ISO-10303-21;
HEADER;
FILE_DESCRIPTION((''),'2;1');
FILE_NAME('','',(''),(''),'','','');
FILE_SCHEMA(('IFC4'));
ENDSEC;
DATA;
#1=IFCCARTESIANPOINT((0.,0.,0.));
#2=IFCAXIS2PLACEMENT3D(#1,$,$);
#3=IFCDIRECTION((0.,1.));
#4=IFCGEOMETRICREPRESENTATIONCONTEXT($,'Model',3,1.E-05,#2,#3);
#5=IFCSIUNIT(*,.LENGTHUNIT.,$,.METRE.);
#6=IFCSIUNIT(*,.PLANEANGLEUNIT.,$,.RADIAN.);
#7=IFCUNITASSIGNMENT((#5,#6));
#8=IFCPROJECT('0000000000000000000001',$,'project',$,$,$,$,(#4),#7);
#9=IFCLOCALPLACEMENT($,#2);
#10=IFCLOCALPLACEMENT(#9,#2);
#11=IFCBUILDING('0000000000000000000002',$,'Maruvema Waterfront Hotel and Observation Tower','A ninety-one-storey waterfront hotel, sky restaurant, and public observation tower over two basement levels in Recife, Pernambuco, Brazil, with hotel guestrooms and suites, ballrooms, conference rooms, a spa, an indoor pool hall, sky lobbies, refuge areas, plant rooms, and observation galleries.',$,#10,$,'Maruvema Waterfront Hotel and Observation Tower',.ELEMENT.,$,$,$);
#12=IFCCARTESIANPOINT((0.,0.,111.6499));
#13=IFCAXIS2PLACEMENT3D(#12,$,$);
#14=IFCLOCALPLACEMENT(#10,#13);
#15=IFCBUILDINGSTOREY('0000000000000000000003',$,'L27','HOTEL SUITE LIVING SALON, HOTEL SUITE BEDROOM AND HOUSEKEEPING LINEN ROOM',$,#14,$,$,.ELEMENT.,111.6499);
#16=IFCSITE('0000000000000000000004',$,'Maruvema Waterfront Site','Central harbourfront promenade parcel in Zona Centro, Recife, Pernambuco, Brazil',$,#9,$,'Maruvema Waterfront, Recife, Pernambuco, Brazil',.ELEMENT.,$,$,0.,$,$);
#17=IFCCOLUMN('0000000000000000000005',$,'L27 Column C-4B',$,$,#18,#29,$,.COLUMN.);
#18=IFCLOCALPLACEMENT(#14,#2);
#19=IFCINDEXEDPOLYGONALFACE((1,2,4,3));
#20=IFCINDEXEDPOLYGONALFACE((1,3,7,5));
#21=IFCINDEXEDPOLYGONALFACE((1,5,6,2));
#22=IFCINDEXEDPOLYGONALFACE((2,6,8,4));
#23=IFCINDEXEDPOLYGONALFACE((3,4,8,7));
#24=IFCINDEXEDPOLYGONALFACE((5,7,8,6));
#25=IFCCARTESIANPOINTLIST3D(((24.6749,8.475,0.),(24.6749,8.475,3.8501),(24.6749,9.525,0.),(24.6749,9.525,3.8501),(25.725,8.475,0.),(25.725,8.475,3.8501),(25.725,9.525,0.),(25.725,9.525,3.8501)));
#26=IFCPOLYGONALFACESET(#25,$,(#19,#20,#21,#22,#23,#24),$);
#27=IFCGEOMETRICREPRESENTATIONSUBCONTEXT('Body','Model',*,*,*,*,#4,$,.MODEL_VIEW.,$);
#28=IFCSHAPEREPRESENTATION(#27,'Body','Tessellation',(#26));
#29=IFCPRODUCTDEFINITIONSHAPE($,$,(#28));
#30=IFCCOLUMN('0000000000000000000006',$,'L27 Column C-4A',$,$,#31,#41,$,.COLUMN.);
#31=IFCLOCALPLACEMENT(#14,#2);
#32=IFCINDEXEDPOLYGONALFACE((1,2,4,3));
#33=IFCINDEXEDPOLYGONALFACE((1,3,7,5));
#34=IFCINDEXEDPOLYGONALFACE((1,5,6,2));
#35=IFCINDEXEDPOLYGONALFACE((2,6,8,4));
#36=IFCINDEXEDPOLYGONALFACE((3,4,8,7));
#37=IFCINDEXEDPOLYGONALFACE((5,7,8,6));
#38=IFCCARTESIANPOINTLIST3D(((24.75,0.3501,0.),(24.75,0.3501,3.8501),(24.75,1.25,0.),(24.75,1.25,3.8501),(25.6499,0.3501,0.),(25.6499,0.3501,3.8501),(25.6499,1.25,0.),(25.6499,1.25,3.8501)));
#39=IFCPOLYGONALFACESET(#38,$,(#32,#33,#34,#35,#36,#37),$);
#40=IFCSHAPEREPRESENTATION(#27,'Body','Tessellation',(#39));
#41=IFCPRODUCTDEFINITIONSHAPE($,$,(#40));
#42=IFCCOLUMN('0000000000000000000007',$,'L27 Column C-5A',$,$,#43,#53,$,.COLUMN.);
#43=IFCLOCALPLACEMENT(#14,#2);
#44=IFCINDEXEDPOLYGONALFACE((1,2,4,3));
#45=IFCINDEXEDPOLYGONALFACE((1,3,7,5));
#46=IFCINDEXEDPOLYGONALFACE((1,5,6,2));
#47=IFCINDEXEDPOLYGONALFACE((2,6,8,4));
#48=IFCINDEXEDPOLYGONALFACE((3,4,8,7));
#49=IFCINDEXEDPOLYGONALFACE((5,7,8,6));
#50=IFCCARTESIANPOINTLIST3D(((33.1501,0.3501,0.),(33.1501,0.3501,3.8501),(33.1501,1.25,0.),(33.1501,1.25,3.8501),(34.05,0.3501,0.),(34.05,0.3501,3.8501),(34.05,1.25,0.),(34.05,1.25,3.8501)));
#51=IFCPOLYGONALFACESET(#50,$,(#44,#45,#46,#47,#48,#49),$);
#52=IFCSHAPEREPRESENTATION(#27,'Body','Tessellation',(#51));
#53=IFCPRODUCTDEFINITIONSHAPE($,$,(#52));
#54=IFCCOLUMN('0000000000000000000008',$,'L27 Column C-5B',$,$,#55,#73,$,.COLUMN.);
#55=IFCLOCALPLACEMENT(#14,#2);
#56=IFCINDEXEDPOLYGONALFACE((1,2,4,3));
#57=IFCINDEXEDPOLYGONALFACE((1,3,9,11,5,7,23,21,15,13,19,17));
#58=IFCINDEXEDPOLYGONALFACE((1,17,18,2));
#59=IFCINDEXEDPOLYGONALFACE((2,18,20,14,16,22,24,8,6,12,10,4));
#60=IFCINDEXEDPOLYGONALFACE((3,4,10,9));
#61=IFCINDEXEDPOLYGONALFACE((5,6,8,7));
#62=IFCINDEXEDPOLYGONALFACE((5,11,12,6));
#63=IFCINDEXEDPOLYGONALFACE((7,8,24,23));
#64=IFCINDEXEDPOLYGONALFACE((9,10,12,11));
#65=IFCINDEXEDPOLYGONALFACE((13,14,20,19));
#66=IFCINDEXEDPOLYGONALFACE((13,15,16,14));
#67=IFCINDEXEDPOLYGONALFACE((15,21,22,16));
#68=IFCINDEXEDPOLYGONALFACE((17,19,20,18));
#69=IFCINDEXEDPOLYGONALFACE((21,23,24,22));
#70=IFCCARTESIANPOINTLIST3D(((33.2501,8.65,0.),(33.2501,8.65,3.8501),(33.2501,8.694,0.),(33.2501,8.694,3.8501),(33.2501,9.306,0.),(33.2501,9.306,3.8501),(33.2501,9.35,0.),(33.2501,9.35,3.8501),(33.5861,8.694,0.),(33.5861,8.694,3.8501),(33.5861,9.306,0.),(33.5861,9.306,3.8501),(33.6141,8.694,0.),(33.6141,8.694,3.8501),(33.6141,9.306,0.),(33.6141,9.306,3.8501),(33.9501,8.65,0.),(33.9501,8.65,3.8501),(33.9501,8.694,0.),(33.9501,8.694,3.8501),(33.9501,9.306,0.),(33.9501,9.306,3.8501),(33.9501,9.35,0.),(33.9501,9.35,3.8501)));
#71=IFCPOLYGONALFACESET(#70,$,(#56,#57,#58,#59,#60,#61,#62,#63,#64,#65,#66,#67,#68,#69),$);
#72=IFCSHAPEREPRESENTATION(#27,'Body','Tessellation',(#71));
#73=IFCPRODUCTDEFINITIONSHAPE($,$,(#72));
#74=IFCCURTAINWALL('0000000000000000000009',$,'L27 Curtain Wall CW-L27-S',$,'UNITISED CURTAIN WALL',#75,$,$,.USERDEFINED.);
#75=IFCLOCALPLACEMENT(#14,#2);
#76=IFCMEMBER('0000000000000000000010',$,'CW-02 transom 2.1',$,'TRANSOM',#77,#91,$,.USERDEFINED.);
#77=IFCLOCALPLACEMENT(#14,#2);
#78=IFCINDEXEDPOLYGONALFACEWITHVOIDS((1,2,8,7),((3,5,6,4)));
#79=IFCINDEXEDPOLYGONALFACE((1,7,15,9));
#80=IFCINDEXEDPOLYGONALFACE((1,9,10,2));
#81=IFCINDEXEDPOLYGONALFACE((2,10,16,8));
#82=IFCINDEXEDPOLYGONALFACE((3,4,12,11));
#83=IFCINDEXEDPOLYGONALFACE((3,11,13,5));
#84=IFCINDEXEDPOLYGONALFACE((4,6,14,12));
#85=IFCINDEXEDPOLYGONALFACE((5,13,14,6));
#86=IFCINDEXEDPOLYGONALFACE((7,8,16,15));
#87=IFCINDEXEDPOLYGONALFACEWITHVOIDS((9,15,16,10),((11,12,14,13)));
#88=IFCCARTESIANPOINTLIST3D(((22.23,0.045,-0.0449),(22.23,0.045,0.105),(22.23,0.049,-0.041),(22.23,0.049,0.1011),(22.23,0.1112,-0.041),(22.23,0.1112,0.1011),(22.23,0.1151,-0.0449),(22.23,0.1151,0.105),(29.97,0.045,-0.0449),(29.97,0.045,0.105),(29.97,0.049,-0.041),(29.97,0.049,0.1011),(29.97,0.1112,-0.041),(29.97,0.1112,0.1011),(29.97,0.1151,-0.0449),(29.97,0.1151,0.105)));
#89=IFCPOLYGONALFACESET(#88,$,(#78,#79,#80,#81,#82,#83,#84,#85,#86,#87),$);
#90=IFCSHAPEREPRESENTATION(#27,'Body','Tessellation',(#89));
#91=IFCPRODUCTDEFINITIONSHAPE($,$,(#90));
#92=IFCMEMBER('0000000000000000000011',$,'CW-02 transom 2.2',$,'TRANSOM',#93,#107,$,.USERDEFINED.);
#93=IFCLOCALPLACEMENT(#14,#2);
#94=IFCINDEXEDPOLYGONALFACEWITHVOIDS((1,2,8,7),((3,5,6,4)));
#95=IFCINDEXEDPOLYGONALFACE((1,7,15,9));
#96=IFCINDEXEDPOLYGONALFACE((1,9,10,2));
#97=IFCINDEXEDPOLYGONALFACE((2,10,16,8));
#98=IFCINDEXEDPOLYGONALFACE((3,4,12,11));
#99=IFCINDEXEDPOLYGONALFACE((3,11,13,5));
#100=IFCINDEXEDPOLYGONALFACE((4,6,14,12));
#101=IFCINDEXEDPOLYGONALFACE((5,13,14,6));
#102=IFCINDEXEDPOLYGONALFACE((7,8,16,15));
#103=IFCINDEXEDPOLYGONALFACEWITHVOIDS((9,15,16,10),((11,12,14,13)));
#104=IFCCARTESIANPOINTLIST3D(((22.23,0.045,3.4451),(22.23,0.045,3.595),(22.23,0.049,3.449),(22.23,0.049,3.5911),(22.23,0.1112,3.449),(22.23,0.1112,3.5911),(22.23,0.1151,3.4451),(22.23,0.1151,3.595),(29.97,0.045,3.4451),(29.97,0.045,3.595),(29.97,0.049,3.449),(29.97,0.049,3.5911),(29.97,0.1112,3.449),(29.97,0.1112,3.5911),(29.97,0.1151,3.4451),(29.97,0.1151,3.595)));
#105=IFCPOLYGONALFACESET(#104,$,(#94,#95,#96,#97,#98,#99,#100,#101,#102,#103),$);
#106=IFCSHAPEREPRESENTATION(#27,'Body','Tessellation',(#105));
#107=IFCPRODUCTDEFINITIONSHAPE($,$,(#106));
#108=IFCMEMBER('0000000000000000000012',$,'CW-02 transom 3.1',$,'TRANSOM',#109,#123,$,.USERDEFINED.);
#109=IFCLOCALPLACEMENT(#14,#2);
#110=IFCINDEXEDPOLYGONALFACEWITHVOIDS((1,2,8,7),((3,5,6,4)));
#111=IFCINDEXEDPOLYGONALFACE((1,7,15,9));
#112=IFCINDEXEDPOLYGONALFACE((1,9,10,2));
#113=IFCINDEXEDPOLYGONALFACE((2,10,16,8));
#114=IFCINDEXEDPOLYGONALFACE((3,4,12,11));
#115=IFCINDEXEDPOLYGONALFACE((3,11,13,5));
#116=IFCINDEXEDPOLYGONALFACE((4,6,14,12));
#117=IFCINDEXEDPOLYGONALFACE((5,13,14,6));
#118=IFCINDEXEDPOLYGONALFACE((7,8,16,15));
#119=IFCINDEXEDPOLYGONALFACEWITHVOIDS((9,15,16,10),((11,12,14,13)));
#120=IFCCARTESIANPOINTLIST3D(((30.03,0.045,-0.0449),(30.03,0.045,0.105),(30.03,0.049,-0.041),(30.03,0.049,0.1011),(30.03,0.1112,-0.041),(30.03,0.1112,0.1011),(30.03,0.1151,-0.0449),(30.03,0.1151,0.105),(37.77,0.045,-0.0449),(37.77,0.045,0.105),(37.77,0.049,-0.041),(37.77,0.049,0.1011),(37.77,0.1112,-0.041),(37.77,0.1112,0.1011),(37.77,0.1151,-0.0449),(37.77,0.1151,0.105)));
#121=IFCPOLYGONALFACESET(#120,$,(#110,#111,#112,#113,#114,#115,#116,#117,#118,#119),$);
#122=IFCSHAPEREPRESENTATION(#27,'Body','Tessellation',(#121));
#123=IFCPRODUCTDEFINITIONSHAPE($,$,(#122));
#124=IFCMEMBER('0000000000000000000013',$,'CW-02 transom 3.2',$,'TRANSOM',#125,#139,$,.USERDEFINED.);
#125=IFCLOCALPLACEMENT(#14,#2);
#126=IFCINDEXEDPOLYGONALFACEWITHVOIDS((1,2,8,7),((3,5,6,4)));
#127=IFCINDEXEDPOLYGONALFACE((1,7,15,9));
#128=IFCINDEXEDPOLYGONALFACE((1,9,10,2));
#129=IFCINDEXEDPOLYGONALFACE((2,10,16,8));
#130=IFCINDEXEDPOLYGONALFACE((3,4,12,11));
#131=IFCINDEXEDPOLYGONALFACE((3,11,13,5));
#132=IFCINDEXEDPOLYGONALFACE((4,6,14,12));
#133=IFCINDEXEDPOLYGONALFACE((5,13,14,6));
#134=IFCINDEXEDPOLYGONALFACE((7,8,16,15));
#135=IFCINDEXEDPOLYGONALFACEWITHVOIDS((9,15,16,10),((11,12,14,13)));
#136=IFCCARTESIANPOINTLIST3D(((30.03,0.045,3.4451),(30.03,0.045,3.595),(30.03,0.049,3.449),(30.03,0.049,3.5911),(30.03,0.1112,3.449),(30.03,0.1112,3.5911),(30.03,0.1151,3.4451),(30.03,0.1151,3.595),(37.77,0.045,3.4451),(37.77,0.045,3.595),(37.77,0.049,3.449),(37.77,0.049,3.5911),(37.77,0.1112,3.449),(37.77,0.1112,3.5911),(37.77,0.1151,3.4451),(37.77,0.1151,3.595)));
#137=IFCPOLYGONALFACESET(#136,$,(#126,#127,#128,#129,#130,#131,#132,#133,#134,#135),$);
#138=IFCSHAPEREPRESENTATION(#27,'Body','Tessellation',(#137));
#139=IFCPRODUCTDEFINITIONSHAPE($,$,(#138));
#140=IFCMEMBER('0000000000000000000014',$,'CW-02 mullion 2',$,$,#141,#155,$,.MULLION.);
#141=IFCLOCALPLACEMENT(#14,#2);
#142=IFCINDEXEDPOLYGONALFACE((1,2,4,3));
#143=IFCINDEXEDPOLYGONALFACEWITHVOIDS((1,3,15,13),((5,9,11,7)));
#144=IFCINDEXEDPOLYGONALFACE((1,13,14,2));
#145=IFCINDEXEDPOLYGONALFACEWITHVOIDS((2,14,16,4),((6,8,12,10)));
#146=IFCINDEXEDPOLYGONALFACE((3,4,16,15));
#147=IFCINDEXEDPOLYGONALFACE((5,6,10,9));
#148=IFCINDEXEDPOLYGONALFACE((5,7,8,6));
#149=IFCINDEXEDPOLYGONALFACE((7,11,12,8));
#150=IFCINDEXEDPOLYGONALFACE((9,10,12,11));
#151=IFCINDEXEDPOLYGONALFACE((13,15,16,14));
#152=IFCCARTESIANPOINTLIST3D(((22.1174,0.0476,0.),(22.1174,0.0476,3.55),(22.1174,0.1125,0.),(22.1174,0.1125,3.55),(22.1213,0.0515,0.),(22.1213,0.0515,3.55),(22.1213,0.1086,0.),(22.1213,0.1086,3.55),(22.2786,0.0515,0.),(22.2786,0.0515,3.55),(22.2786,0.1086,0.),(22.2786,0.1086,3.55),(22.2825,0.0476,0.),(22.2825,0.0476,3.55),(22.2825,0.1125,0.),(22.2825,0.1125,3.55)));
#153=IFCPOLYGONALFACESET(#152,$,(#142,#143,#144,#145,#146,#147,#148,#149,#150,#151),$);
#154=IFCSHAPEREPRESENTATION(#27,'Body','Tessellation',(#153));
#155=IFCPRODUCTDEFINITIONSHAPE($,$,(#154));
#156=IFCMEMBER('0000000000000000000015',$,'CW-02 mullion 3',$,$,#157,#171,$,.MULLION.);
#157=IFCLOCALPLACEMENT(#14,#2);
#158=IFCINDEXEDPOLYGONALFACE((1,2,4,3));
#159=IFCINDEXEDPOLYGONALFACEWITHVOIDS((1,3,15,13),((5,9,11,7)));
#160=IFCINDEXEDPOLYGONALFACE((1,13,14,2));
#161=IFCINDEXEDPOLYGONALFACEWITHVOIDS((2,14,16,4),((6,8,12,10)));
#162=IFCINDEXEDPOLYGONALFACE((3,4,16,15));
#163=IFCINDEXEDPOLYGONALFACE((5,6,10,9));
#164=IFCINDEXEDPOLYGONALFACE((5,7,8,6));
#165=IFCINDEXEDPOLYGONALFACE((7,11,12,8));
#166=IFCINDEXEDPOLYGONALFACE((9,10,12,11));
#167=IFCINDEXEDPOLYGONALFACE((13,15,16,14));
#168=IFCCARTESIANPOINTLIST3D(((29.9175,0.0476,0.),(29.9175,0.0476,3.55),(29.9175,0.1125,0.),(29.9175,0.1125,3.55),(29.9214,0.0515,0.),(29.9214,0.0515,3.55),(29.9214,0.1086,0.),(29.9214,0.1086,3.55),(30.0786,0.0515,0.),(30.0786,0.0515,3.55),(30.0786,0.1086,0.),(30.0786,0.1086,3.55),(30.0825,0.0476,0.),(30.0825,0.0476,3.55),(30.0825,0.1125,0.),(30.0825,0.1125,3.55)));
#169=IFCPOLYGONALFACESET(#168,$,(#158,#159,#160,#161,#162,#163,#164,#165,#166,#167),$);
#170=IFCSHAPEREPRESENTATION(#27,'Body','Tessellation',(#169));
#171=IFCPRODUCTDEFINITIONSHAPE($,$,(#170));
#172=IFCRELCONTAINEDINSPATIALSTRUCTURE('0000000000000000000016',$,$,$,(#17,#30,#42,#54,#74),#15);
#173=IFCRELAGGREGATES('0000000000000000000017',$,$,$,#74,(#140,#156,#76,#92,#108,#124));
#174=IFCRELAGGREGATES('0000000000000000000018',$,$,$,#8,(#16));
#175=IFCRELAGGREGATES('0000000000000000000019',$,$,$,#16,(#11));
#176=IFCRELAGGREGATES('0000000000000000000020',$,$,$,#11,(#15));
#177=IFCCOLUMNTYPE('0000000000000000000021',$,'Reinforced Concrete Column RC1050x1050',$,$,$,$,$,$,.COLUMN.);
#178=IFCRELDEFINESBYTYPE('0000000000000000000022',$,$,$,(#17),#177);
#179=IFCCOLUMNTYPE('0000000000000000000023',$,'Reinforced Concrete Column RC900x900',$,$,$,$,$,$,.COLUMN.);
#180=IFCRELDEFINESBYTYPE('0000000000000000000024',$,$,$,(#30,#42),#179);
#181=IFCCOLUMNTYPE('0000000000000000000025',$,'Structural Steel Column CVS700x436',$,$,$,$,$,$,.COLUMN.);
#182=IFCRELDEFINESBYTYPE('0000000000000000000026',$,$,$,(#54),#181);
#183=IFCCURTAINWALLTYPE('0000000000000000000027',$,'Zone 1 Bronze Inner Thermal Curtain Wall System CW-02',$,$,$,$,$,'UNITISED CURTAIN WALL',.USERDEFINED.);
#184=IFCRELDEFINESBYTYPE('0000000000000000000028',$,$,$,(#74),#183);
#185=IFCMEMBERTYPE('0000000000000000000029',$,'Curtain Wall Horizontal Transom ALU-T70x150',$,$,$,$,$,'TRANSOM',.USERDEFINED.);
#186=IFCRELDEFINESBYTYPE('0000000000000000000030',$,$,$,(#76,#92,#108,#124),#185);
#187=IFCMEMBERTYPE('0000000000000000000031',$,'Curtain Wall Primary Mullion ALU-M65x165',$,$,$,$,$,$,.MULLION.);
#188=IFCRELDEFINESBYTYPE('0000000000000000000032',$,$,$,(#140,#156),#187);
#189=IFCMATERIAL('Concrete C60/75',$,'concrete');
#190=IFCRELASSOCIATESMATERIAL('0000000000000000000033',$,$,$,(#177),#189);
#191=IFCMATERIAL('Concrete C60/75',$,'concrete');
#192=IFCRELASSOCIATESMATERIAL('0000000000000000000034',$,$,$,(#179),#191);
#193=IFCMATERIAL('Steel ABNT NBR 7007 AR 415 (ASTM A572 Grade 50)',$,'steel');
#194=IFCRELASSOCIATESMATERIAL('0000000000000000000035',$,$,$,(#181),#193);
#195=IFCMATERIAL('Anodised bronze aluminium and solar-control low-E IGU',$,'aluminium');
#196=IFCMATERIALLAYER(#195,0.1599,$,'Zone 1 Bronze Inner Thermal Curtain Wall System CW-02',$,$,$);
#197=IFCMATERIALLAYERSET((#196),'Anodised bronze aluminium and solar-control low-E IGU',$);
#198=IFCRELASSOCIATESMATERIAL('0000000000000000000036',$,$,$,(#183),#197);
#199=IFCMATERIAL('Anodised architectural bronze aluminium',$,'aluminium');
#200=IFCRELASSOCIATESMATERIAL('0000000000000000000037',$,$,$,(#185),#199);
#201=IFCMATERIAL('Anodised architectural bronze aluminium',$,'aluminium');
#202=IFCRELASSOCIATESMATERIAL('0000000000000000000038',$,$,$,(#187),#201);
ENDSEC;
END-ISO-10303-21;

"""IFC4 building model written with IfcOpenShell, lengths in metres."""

from ifc_helpers import new_model, si_unit, direction, frame, origin, origin_2d, place, context, subcontext, project, spatial, rectangle, hollow_rectangle, i_section, extrude, material, layer, layer_set, material_profile, profile_set, type_object, element, aggregate, save


model = new_model("IFC4")

# Units and contexts
model_context = context("Model", 3, precision=1e-05, world=origin(), true_north=direction((0.0, 1.0)))
body_context = subcontext(model_context, "Body", "Model", "MODEL_VIEW")
ifc_project = project(units=[si_unit("LENGTHUNIT", "METRE"), si_unit("PLANEANGLEUNIT", "RADIAN")], contexts=[model_context])

# Site, building, storey
site_placement = place(None, origin())
site = spatial("IfcSite", under=ifc_project, at=site_placement, Name="Maruvema Waterfront Site", Description="Central harbourfront promenade parcel in Zona Centro, Recife, Pernambuco, Brazil", LongName="Maruvema Waterfront, Recife, Pernambuco, Brazil", CompositionType="ELEMENT", RefElevation=0.0)
building_placement = place(site_placement, origin())
building = spatial("IfcBuilding", under=site, at=building_placement, Name="Maruvema Waterfront Hotel and Observation Tower", Description="A ninety-one-storey waterfront hotel, sky restaurant, and public observation tower over two basement levels in Recife, Pernambuco, Brazil, with hotel guestrooms and suites, ballrooms, conference rooms, a spa, an indoor pool hall, sky lobbies, refuge areas, plant rooms, and observation galleries.", LongName="Maruvema Waterfront Hotel and Observation Tower", CompositionType="ELEMENT")
storey_placement = place(building_placement, frame((0.0, 0.0, 111.6499)))
storey = spatial("IfcBuildingStorey", under=building, at=storey_placement, Name="L27", Description="HOTEL SUITE LIVING SALON, HOTEL SUITE BEDROOM AND HOUSEKEEPING LINEN ROOM", CompositionType="ELEMENT", Elevation=111.6499)

# Columns
ifc_material_1 = material(Name="Concrete C60/75", Category="concrete")
ifc_material_profile_1 = material_profile(ifc_material_1, rectangle(XDim=1.05, YDim=1.05, at=origin_2d()), Name="RC1050x1050")
ifc_profile_set_1 = profile_set([ifc_material_profile_1], Name="Concrete C60/75")
column_type_1 = type_object("IfcColumnType", Name="Reinforced Concrete Column RC1050x1050", PredefinedType="COLUMN", material=ifc_profile_set_1)
column_1_placement = place(storey_placement, frame((25.2, 9.0, 0.0), z_axis=(0.0, 0.0, 1.0), x_axis=(1.0, 0.0, 0.0)))
element("IfcColumn", 1, at=column_1_placement, inside=storey, type_object=column_type_1, Name="L27 Column C-4B", PredefinedType="COLUMN", context=body_context, shape_type="SweptSolid", body=[
    extrude(rectangle(XDim=1.05, YDim=1.05, at=origin_2d()), origin(), (0.0, 0.0, 1.0), 3.8501),
])
ifc_material_2 = material(Name="Concrete C60/75", Category="concrete")
ifc_material_profile_2 = material_profile(ifc_material_2, rectangle(XDim=0.8999, YDim=0.8999, at=origin_2d()), Name="RC900x900")
ifc_profile_set_2 = profile_set([ifc_material_profile_2], Name="Concrete C60/75")
column_type_2 = type_object("IfcColumnType", Name="Reinforced Concrete Column RC900x900", PredefinedType="COLUMN", material=ifc_profile_set_2)
for number, where, z_axis, x_axis, name in (
    (2, (25.2, 0.8, 0.0), (0.0, 0.0, 1.0), (1.0, 0.0, 0.0), "L27 Column C-4A"),
    (3, (33.6001, 0.8, 0.0), (0.0, 0.0, 1.0), (1.0, 0.0, 0.0), "L27 Column C-5A"),
):
    element("IfcColumn", number, at=place(storey_placement, frame(where, z_axis=z_axis, x_axis=x_axis)), inside=storey, type_object=column_type_2, Name=name, PredefinedType="COLUMN", context=body_context, shape_type="SweptSolid", body=[
        extrude(rectangle(XDim=0.8999, YDim=0.8999, at=origin_2d()), origin(), (0.0, 0.0, 1.0), 3.8501),
    ])
ifc_material_3 = material(Name="Steel ABNT NBR 7007 AR 415 (ASTM A572 Grade 50)", Category="steel")
ifc_material_profile_3 = material_profile(ifc_material_3, i_section(OverallWidth=0.7, OverallDepth=0.7, WebThickness=0.0281, FlangeThickness=0.0439, at=origin_2d()), Name="CVS700x436")
ifc_profile_set_3 = profile_set([ifc_material_profile_3], Name="Steel ABNT NBR 7007 AR 415 (ASTM A572 Grade 50)")
column_type_3 = type_object("IfcColumnType", Name="Structural Steel Column CVS700x436", PredefinedType="COLUMN", material=ifc_profile_set_3)
column_2_placement = place(storey_placement, frame((33.6001, 9.0, 0.0), z_axis=(0.0, 0.0, 1.0), x_axis=(1.0, 0.0, 0.0)))
element("IfcColumn", 4, at=column_2_placement, inside=storey, type_object=column_type_3, Name="L27 Column C-5B", PredefinedType="COLUMN", context=body_context, shape_type="SweptSolid", body=[
    extrude(i_section(OverallWidth=0.7, OverallDepth=0.7, WebThickness=0.0281, FlangeThickness=0.0439, at=origin_2d()), origin(), (0.0, 0.0, 1.0), 3.8501),
])

# Curtain wall, members
ifc_material_4 = material(Name="Anodised bronze aluminium and solar-control low-E IGU", Category="aluminium")
ifc_layer_1 = layer(ifc_material_4, 0.1599, Name="Zone 1 Bronze Inner Thermal Curtain Wall System CW-02")
ifc_layer_set_1 = layer_set([ifc_layer_1], Name="Anodised bronze aluminium and solar-control low-E IGU")
curtain_wall_type = type_object("IfcCurtainWallType", Name="Zone 1 Bronze Inner Thermal Curtain Wall System CW-02", ElementType="UNITISED CURTAIN WALL", PredefinedType="USERDEFINED", material=ifc_layer_set_1)
curtain_wall_placement = place(storey_placement, origin())
curtain_wall = element("IfcCurtainWall", 5, at=curtain_wall_placement, inside=storey, type_object=curtain_wall_type, Name="L27 Curtain Wall CW-L27-S", ObjectType="UNITISED CURTAIN WALL", PredefinedType="USERDEFINED")
ifc_material_5 = material(Name="Anodised architectural bronze aluminium", Category="aluminium")
ifc_material_profile_4 = material_profile(ifc_material_5, hollow_rectangle(XDim=0.0701, YDim=0.1499, WallThickness=0.0039, at=origin_2d()), Name="ALU-T70x150")
ifc_profile_set_4 = profile_set([ifc_material_profile_4], Name="Anodised architectural bronze aluminium")
member_type_1 = type_object("IfcMemberType", Name="Curtain Wall Horizontal Transom ALU-T70x150", ElementType="TRANSOM", PredefinedType="USERDEFINED", material=ifc_profile_set_4)
member_1_placement = place(storey_placement, frame((22.23, 0.0801, 0.03), z_axis=(1.0, 0.0, 0.0), x_axis=(0.0, 1.0, 0.0)))
member_1 = element("IfcMember", 6, at=member_1_placement, type_object=member_type_1, Name="CW-02 transom 2.1", ObjectType="TRANSOM", PredefinedType="USERDEFINED", context=body_context, shape_type="SweptSolid", body=[
    extrude(hollow_rectangle(XDim=0.0701, YDim=0.1499, WallThickness=0.0039, at=origin_2d()), origin(), (0.0, 0.0, 1.0), 7.74),
])
member_2_placement = place(storey_placement, frame((22.23, 0.0801, 3.52), z_axis=(1.0, 0.0, 0.0), x_axis=(0.0, 1.0, 0.0)))
member_2 = element("IfcMember", 7, at=member_2_placement, type_object=member_type_1, Name="CW-02 transom 2.2", ObjectType="TRANSOM", PredefinedType="USERDEFINED", context=body_context, shape_type="SweptSolid", body=[
    extrude(hollow_rectangle(XDim=0.0701, YDim=0.1499, WallThickness=0.0039, at=origin_2d()), origin(), (0.0, 0.0, 1.0), 7.74),
])
member_3_placement = place(storey_placement, frame((30.03, 0.0801, 0.03), z_axis=(1.0, 0.0, 0.0), x_axis=(0.0, 1.0, 0.0)))
member_3 = element("IfcMember", 8, at=member_3_placement, type_object=member_type_1, Name="CW-02 transom 3.1", ObjectType="TRANSOM", PredefinedType="USERDEFINED", context=body_context, shape_type="SweptSolid", body=[
    extrude(hollow_rectangle(XDim=0.0701, YDim=0.1499, WallThickness=0.0039, at=origin_2d()), origin(), (0.0, 0.0, 1.0), 7.74),
])
member_4_placement = place(storey_placement, frame((30.03, 0.0801, 3.52), z_axis=(1.0, 0.0, 0.0), x_axis=(0.0, 1.0, 0.0)))
member_4 = element("IfcMember", 9, at=member_4_placement, type_object=member_type_1, Name="CW-02 transom 3.2", ObjectType="TRANSOM", PredefinedType="USERDEFINED", context=body_context, shape_type="SweptSolid", body=[
    extrude(hollow_rectangle(XDim=0.0701, YDim=0.1499, WallThickness=0.0039, at=origin_2d()), origin(), (0.0, 0.0, 1.0), 7.74),
])
ifc_material_6 = material(Name="Anodised architectural bronze aluminium", Category="aluminium")
ifc_material_profile_5 = material_profile(ifc_material_6, hollow_rectangle(XDim=0.0649, YDim=0.165, WallThickness=0.0039, at=origin_2d()), Name="ALU-M65x165")
ifc_profile_set_5 = profile_set([ifc_material_profile_5], Name="Anodised architectural bronze aluminium")
member_type_2 = type_object("IfcMemberType", Name="Curtain Wall Primary Mullion ALU-M65x165", PredefinedType="MULLION", material=ifc_profile_set_5)
member_5_placement = place(storey_placement, frame((22.2, 0.0801, 0.0), z_axis=(0.0, 0.0, 1.0), x_axis=(0.0, 1.0, 0.0)))
member_5 = element("IfcMember", 10, at=member_5_placement, type_object=member_type_2, Name="CW-02 mullion 2", PredefinedType="MULLION", context=body_context, shape_type="SweptSolid", body=[
    extrude(hollow_rectangle(XDim=0.0649, YDim=0.165, WallThickness=0.0039, at=origin_2d()), origin(), (0.0, 0.0, 1.0), 3.55),
])
member_6_placement = place(storey_placement, frame((30.0, 0.0801, 0.0), z_axis=(0.0, 0.0, 1.0), x_axis=(0.0, 1.0, 0.0)))
member_6 = element("IfcMember", 11, at=member_6_placement, type_object=member_type_2, Name="CW-02 mullion 3", PredefinedType="MULLION", context=body_context, shape_type="SweptSolid", body=[
    extrude(hollow_rectangle(XDim=0.0649, YDim=0.165, WallThickness=0.0039, at=origin_2d()), origin(), (0.0, 0.0, 1.0), 3.55),
])

aggregate(curtain_wall, [member_5, member_6, member_1, member_2, member_3, member_4])

save(model, "model.ifc")
